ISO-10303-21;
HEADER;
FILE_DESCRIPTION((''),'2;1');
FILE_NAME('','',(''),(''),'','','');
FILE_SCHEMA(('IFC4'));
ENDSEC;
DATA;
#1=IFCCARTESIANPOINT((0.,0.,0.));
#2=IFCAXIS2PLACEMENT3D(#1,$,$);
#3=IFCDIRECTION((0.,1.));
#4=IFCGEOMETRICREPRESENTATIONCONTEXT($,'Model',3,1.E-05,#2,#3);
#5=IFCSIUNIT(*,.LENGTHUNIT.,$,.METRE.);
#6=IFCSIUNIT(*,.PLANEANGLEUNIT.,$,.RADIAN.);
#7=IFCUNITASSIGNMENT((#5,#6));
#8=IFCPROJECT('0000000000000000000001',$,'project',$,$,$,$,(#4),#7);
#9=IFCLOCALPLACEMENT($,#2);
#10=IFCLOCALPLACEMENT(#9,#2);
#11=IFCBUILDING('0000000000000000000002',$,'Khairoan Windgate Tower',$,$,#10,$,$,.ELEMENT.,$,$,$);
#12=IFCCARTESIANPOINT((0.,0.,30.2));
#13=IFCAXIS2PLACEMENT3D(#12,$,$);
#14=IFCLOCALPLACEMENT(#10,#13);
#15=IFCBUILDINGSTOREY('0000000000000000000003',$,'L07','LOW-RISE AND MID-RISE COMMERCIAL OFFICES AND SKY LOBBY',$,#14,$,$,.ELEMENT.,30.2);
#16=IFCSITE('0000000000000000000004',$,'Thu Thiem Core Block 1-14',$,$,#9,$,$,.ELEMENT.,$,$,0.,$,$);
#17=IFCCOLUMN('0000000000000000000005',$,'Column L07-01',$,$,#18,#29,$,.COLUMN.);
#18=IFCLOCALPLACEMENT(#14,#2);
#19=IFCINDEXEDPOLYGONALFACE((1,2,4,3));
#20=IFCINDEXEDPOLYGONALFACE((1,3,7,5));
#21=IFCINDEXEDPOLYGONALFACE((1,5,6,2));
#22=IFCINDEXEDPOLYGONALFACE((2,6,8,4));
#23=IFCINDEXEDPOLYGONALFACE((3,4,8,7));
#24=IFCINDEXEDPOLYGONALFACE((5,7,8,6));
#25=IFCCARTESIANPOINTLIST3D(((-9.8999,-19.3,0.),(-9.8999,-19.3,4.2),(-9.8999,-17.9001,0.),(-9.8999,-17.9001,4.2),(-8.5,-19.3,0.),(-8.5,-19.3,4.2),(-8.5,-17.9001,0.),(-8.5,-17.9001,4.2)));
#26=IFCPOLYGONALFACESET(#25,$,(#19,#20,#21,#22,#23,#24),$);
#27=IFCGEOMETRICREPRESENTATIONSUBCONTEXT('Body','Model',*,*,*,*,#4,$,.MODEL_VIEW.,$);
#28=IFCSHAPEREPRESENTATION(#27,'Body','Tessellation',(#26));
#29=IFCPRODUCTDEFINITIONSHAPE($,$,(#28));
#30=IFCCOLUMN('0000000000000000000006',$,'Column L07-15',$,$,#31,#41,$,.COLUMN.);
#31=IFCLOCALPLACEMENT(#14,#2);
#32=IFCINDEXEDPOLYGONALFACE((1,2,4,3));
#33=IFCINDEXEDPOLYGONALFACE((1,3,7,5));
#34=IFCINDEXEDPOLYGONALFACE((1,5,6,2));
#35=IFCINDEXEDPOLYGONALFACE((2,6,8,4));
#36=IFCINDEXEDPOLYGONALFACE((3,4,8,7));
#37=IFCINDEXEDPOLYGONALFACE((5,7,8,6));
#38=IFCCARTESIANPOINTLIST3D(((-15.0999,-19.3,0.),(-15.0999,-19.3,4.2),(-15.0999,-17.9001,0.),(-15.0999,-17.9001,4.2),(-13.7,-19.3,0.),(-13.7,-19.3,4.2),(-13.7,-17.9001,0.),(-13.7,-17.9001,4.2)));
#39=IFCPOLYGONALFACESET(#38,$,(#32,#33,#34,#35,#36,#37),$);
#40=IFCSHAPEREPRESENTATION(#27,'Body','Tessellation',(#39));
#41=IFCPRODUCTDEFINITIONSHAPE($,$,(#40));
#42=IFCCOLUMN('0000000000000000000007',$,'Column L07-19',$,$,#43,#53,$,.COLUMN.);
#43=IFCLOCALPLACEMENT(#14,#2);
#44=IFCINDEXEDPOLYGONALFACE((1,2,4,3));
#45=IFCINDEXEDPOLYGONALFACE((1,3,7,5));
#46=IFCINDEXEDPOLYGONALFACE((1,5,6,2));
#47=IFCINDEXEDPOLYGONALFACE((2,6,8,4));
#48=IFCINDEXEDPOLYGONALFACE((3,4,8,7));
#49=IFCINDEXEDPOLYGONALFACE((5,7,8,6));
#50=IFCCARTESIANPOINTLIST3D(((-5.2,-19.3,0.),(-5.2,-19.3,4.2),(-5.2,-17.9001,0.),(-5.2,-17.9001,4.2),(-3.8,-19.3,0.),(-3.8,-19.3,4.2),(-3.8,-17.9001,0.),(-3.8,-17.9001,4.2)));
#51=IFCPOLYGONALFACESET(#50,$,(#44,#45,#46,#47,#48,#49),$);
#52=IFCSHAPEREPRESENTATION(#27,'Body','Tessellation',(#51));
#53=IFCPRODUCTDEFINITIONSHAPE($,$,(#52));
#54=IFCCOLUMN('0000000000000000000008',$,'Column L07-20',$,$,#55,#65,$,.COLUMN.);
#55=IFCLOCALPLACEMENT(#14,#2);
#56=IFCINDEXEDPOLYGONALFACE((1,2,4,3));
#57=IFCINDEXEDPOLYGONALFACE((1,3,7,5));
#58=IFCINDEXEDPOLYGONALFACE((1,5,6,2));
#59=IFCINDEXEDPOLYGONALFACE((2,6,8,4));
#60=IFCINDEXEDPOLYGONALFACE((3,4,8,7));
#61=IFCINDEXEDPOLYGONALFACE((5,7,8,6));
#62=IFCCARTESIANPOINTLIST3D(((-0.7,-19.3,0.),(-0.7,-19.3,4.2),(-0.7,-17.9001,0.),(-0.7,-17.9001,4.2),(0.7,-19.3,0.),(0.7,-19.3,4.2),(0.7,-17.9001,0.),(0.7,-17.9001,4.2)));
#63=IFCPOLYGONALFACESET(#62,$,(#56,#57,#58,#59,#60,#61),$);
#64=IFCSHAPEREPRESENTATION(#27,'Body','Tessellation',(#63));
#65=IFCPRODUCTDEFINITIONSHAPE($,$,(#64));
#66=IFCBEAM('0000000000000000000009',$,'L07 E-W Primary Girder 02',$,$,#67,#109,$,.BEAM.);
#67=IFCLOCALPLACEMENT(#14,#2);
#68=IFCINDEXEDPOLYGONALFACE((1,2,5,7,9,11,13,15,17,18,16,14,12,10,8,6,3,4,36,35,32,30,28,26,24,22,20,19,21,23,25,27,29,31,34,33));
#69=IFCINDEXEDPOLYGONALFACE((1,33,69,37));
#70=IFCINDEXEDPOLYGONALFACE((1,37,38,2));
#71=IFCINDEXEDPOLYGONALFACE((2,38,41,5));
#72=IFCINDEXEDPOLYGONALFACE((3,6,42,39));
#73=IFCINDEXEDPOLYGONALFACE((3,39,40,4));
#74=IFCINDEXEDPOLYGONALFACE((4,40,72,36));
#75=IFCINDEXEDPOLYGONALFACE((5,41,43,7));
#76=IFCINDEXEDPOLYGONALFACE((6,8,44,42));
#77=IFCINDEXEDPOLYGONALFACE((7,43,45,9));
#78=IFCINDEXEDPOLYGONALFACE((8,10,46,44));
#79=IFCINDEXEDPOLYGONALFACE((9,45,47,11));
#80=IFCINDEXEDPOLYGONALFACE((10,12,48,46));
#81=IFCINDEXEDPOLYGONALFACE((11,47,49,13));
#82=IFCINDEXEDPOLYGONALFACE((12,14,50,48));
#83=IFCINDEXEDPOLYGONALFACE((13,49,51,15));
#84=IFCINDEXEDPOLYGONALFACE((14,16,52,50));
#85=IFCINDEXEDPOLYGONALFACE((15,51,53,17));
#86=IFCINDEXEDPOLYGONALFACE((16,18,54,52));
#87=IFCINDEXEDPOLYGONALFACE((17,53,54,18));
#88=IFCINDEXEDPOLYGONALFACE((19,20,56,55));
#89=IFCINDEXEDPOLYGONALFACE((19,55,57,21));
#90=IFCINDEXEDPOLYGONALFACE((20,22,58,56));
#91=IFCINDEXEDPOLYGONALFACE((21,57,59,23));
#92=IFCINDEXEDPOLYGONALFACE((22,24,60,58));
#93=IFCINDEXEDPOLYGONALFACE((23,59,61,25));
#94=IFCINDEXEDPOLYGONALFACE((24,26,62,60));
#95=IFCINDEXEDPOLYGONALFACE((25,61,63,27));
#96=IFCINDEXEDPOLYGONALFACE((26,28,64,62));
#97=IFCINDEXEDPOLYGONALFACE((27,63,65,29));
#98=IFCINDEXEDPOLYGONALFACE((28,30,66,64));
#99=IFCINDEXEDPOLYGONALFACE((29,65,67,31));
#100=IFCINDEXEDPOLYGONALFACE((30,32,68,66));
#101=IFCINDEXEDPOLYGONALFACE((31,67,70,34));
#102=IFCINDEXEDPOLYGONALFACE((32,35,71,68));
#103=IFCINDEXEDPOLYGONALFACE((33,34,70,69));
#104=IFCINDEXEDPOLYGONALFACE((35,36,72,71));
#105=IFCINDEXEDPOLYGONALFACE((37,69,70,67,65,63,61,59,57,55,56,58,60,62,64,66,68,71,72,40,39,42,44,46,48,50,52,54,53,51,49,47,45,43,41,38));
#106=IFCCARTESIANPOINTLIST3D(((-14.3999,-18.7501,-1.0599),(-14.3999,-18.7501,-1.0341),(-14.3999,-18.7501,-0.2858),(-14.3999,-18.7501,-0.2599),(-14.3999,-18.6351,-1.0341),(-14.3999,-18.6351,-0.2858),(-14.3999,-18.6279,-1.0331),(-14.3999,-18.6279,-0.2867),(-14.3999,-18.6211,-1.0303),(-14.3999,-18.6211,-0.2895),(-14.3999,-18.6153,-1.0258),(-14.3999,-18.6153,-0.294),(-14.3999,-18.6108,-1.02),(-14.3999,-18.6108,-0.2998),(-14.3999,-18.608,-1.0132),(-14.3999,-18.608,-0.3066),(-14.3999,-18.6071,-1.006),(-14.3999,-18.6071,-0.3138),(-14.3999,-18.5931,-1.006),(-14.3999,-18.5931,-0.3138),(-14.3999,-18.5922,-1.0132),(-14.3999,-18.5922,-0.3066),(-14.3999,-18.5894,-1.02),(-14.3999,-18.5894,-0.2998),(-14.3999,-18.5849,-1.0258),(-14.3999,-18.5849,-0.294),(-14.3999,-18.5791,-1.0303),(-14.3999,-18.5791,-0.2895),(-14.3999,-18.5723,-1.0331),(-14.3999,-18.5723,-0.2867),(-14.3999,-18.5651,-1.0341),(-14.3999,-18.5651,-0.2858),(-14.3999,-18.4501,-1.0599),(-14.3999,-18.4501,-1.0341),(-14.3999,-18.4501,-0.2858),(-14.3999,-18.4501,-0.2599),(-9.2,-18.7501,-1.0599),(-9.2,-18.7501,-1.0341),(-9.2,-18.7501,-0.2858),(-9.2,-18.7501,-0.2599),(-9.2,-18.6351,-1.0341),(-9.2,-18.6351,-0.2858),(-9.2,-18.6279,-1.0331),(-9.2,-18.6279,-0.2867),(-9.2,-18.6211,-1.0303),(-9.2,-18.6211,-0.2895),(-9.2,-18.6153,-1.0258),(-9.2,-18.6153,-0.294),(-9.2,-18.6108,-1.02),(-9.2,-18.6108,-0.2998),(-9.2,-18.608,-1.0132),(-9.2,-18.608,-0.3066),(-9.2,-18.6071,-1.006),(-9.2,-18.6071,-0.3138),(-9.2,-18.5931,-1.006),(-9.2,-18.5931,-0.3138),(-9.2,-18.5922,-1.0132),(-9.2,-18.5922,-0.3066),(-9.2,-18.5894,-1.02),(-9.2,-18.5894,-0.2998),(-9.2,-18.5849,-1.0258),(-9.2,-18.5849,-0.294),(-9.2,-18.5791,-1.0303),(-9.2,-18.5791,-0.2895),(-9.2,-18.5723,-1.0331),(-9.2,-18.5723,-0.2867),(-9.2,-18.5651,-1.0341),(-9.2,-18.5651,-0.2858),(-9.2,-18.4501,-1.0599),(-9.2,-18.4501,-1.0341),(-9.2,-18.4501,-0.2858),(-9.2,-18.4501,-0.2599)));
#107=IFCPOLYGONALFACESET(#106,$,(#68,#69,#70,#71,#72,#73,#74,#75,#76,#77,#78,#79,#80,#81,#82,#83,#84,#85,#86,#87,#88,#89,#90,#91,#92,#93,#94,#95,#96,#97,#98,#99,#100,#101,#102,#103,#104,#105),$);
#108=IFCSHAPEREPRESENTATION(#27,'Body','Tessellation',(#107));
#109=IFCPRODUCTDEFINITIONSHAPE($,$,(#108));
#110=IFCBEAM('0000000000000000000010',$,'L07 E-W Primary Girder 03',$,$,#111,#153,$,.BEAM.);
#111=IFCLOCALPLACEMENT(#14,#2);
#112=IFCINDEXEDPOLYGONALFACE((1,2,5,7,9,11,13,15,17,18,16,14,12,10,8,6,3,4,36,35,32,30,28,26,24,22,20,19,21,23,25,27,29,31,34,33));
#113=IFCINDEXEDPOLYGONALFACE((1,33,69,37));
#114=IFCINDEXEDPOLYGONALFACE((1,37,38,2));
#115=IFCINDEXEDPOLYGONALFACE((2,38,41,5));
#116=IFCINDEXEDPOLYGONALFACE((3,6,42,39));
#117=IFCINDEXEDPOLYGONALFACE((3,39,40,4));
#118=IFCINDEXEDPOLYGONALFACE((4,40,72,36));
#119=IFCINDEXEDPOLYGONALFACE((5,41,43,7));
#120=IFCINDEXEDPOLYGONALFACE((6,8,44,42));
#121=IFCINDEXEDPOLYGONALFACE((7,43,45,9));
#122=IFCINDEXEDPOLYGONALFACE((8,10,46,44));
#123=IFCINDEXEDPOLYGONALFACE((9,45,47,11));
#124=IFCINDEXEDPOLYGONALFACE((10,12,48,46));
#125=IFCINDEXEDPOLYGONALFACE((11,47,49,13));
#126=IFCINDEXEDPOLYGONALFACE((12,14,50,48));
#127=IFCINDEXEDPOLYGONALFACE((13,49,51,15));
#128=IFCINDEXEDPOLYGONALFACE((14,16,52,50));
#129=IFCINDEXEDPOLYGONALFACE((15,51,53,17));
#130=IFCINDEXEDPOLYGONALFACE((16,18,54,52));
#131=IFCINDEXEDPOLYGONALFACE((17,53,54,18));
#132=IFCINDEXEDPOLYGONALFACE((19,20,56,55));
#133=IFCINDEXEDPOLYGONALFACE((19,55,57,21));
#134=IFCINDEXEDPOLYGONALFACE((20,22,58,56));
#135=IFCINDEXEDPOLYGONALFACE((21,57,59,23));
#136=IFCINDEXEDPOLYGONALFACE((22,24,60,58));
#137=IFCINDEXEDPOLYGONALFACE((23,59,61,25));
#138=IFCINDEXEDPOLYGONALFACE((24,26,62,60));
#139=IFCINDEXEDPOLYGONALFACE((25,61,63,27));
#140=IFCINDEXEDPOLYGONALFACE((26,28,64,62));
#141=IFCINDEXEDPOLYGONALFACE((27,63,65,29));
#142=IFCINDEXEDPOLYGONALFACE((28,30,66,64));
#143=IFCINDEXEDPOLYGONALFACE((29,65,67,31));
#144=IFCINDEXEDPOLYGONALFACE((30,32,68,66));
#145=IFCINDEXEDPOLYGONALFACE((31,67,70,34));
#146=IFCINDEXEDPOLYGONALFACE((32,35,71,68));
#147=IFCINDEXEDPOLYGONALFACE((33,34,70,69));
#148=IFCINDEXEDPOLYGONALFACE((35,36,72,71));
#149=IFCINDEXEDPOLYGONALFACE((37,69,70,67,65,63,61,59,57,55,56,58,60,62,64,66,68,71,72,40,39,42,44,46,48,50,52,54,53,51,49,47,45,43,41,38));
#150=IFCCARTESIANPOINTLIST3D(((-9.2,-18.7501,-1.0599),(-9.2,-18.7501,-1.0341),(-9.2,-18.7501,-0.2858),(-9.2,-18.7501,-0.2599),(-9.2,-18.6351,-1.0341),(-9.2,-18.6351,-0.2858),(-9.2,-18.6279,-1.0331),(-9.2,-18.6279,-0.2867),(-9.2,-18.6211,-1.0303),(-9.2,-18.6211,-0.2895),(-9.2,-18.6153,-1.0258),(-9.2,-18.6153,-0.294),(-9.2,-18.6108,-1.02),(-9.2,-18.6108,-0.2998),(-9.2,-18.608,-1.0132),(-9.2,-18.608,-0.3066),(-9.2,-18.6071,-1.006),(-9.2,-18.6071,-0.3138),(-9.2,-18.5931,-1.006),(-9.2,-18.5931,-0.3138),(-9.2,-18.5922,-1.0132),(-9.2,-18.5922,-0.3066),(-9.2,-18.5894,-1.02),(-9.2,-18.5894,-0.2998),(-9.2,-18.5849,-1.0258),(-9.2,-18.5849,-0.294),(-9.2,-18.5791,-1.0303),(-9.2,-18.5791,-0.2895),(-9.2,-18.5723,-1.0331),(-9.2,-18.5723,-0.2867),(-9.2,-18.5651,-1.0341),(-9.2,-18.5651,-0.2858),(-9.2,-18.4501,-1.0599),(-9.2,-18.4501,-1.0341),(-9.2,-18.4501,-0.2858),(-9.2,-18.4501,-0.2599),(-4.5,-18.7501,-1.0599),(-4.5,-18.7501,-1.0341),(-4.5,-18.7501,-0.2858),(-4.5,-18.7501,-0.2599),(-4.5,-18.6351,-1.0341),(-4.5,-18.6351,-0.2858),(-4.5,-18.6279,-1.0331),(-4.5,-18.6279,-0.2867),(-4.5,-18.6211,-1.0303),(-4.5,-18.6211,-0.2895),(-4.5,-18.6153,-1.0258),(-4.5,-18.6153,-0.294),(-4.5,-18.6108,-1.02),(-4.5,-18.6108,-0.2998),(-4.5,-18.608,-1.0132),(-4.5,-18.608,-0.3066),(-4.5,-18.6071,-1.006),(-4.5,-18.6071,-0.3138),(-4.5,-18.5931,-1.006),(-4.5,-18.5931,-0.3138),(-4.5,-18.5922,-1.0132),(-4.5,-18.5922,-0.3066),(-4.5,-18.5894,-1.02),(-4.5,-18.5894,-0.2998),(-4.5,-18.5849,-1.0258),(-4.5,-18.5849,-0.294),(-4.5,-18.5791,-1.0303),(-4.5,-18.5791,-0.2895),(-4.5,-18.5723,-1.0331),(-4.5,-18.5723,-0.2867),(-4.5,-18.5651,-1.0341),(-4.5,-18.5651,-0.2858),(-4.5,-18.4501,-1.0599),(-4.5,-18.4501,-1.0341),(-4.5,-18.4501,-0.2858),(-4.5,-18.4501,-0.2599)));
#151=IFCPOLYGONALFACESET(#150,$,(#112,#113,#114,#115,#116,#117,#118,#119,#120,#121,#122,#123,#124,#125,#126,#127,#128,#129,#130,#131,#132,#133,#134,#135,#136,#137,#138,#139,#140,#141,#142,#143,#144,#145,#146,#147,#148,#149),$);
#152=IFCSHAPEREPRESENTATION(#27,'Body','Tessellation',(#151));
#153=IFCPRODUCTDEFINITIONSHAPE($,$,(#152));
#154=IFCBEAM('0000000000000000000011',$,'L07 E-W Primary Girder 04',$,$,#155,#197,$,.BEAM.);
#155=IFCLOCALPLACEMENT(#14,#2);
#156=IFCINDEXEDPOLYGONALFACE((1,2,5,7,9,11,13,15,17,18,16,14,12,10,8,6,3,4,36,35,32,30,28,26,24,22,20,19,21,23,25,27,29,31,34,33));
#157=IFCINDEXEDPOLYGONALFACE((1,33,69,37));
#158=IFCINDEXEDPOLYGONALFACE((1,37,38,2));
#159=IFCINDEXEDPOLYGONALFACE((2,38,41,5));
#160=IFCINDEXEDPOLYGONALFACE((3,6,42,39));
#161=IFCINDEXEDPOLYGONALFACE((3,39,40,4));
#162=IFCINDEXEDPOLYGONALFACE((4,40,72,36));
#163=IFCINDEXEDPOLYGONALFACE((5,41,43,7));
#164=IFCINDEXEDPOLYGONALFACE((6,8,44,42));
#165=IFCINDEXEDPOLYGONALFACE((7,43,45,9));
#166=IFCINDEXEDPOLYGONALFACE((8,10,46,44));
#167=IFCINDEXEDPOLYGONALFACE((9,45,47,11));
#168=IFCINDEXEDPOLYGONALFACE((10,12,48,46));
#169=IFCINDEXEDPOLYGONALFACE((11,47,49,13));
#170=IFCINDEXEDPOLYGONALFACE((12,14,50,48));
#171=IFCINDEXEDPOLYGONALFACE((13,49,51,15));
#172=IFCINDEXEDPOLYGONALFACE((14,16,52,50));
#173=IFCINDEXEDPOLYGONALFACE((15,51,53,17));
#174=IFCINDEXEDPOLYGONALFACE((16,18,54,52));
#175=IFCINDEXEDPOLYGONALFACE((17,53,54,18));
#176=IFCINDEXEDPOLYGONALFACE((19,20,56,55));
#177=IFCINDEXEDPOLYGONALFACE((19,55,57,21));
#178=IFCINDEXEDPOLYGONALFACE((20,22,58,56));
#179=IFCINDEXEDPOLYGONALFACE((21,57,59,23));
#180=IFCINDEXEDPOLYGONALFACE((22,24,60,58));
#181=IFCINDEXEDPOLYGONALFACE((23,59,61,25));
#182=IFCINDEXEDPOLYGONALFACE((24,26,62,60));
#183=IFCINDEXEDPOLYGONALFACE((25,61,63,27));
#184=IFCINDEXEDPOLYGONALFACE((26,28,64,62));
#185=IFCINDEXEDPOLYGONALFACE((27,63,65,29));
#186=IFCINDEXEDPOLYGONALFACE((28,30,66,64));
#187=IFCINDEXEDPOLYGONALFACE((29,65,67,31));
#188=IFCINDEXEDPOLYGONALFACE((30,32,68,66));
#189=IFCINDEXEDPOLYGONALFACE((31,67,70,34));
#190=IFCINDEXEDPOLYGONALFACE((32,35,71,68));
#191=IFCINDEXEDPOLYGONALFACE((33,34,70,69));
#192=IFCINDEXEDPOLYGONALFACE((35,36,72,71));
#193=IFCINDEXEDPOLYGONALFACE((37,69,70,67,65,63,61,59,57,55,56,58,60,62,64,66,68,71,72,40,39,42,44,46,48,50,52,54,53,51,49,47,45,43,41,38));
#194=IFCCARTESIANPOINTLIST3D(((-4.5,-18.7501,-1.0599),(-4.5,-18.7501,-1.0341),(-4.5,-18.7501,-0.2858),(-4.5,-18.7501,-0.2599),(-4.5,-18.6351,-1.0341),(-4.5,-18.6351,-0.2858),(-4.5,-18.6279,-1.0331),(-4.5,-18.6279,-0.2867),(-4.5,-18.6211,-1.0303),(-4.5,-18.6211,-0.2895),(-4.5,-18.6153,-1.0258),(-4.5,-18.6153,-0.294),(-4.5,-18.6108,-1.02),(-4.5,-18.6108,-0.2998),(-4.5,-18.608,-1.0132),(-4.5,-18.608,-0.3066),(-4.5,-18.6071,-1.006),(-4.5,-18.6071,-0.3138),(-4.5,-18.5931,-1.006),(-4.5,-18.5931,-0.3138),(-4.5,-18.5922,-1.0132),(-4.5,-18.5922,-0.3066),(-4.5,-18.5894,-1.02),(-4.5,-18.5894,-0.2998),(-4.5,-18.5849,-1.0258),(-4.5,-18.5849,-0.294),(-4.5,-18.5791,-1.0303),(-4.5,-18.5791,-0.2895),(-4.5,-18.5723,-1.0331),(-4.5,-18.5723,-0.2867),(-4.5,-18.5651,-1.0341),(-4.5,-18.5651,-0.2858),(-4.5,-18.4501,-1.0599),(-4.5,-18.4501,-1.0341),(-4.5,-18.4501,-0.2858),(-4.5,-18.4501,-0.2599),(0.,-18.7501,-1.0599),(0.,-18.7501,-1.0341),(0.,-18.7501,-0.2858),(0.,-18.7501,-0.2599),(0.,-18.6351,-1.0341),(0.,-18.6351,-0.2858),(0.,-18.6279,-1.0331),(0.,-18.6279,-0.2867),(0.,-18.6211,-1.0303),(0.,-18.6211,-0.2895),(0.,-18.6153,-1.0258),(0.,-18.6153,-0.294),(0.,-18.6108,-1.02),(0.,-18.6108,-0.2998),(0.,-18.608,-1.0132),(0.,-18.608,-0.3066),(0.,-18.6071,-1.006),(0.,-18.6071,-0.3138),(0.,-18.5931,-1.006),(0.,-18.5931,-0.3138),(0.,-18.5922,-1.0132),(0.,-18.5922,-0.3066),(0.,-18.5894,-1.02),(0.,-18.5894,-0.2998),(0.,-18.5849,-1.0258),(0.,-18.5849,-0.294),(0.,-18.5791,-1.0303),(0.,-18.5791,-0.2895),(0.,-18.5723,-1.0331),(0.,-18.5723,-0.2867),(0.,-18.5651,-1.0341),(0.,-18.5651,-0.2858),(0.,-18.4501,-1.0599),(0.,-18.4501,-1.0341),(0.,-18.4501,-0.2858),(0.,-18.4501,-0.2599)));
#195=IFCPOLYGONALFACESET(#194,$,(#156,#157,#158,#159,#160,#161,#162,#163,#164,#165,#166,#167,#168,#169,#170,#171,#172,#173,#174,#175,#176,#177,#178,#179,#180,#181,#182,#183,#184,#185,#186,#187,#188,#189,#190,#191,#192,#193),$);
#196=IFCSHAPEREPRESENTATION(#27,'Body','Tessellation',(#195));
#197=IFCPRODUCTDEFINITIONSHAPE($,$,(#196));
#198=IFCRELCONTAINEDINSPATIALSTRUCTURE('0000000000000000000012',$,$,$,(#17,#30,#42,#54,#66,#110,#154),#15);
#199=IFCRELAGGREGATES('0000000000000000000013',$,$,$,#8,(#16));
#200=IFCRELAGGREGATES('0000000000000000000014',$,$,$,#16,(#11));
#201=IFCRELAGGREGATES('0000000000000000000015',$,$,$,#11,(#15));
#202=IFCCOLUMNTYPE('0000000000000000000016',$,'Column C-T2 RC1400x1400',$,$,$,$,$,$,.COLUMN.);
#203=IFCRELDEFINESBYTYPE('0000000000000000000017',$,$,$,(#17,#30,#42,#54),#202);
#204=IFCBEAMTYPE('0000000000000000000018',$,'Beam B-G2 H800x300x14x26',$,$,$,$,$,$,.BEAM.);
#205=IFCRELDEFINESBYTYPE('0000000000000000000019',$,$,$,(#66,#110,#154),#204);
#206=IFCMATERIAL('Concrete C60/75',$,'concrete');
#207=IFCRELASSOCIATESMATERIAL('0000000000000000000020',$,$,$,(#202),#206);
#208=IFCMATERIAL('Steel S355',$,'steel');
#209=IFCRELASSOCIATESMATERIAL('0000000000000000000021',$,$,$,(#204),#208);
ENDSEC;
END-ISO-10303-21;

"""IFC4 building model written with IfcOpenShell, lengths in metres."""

from ifc_helpers import new_model, si_unit, direction, frame, origin, origin_2d, place, context, subcontext, project, spatial, rectangle, i_section, extrude, material, material_profile, profile_set, type_object, element, save


model = new_model("IFC4")

# Units and contexts
model_context = context("Model", 3, precision=1e-05, world=origin(), true_north=direction((0.0, 1.0)))
body_context = subcontext(model_context, "Body", "Model", "MODEL_VIEW")
ifc_project = project(units=[si_unit("LENGTHUNIT", "METRE"), si_unit("PLANEANGLEUNIT", "RADIAN")], contexts=[model_context])

# Site, building, storey
site_placement = place(None, origin())
site = spatial("IfcSite", under=ifc_project, at=site_placement, Name="Thu Thiem Core Block 1-14", CompositionType="ELEMENT", RefElevation=0.0)
building_placement = place(site_placement, origin())
building = spatial("IfcBuilding", under=site, at=building_placement, Name="Khairoan Windgate Tower", CompositionType="ELEMENT")
storey_placement = place(building_placement, frame((0.0, 0.0, 30.2)))
storey = spatial("IfcBuildingStorey", under=building, at=storey_placement, Name="L07", Description="LOW-RISE AND MID-RISE COMMERCIAL OFFICES AND SKY LOBBY", CompositionType="ELEMENT", Elevation=30.2)

# Columns
ifc_material_1 = material(Name="Concrete C60/75", Category="concrete")
ifc_material_profile_1 = material_profile(ifc_material_1, rectangle(XDim=1.3999, YDim=1.3999, at=origin_2d()))
ifc_profile_set_1 = profile_set([ifc_material_profile_1], Name="Concrete C60/75")
column_type = type_object("IfcColumnType", Name="Column C-T2 RC1400x1400", PredefinedType="COLUMN", material=ifc_profile_set_1)
for number, where, z_axis, x_axis, name in (
    (1, (-9.2, -18.6001, 0.0), (0.0, 0.0, 1.0), (1.0, 0.0, 0.0), "Column L07-01"),
    (2, (-14.3999, -18.6001, 0.0), (0.0, 0.0, 1.0), (1.0, 0.0, 0.0), "Column L07-15"),
    (3, (-4.5, -18.6001, 0.0), (0.0, 0.0, 1.0), (1.0, 0.0, 0.0), "Column L07-19"),
    (4, (0.0, -18.6001, 0.0), (0.0, 0.0, 1.0), (1.0, 0.0, 0.0), "Column L07-20"),
):
    element("IfcColumn", number, at=place(storey_placement, frame(where, z_axis=z_axis, x_axis=x_axis)), inside=storey, type_object=column_type, Name=name, PredefinedType="COLUMN", context=body_context, shape_type="SweptSolid", body=[
        extrude(rectangle(XDim=1.3999, YDim=1.3999, at=origin_2d()), origin(), (0.0, 0.0, 1.0), 4.2),
    ])

# Beams
ifc_material_2 = material(Name="Steel S355", Category="steel")
ifc_material_profile_2 = material_profile(ifc_material_2, i_section(OverallWidth=0.3, OverallDepth=0.8, WebThickness=0.0139, FlangeThickness=0.0259, FilletRadius=0.0281, at=origin_2d()))
ifc_profile_set_2 = profile_set([ifc_material_profile_2], Name="Steel S355")
beam_type_1 = type_object("IfcBeamType", Name="Beam B-G2 H800x300x14x26", PredefinedType="BEAM", material=ifc_profile_set_2)
beam_1_placement = place(storey_placement, frame((-14.3999, -18.6001, -0.6599), z_axis=(1.0, 0.0, 0.0), x_axis=(0.0, 1.0, 0.0)))
element("IfcBeam", 5, at=beam_1_placement, inside=storey, type_object=beam_type_1, Name="L07 E-W Primary Girder 02", PredefinedType="BEAM", context=body_context, shape_type="SweptSolid", body=[
    extrude(i_section(OverallWidth=0.3, OverallDepth=0.8, WebThickness=0.0139, FlangeThickness=0.0259, FilletRadius=0.0281, at=origin_2d()), origin(), (0.0, 0.0, 1.0), 5.2),
])
beam_2_placement = place(storey_placement, frame((-9.2, -18.6001, -0.6599), z_axis=(1.0, 0.0, 0.0), x_axis=(0.0, 1.0, 0.0)))
element("IfcBeam", 6, at=beam_2_placement, inside=storey, type_object=beam_type_1, Name="L07 E-W Primary Girder 03", PredefinedType="BEAM", context=body_context, shape_type="SweptSolid", body=[
    extrude(i_section(OverallWidth=0.3, OverallDepth=0.8, WebThickness=0.0139, FlangeThickness=0.0259, FilletRadius=0.0281, at=origin_2d()), origin(), (0.0, 0.0, 1.0), 4.7),
])
for number, where, z_axis, x_axis, name in (
    (7, (-4.5, -18.6001, -0.6599), (1.0, 0.0, 0.0), (0.0, 1.0, 0.0), "L07 E-W Primary Girder 04"),
):
    element("IfcBeam", number, at=place(storey_placement, frame(where, z_axis=z_axis, x_axis=x_axis)), inside=storey, type_object=beam_type_1, Name=name, PredefinedType="BEAM", context=body_context, shape_type="SweptSolid", body=[
        extrude(i_section(OverallWidth=0.3, OverallDepth=0.8, WebThickness=0.0139, FlangeThickness=0.0259, FilletRadius=0.0281, at=origin_2d()), origin(), (0.0, 0.0, 1.0), 4.5),
    ])

save(model, "model.ifc")
